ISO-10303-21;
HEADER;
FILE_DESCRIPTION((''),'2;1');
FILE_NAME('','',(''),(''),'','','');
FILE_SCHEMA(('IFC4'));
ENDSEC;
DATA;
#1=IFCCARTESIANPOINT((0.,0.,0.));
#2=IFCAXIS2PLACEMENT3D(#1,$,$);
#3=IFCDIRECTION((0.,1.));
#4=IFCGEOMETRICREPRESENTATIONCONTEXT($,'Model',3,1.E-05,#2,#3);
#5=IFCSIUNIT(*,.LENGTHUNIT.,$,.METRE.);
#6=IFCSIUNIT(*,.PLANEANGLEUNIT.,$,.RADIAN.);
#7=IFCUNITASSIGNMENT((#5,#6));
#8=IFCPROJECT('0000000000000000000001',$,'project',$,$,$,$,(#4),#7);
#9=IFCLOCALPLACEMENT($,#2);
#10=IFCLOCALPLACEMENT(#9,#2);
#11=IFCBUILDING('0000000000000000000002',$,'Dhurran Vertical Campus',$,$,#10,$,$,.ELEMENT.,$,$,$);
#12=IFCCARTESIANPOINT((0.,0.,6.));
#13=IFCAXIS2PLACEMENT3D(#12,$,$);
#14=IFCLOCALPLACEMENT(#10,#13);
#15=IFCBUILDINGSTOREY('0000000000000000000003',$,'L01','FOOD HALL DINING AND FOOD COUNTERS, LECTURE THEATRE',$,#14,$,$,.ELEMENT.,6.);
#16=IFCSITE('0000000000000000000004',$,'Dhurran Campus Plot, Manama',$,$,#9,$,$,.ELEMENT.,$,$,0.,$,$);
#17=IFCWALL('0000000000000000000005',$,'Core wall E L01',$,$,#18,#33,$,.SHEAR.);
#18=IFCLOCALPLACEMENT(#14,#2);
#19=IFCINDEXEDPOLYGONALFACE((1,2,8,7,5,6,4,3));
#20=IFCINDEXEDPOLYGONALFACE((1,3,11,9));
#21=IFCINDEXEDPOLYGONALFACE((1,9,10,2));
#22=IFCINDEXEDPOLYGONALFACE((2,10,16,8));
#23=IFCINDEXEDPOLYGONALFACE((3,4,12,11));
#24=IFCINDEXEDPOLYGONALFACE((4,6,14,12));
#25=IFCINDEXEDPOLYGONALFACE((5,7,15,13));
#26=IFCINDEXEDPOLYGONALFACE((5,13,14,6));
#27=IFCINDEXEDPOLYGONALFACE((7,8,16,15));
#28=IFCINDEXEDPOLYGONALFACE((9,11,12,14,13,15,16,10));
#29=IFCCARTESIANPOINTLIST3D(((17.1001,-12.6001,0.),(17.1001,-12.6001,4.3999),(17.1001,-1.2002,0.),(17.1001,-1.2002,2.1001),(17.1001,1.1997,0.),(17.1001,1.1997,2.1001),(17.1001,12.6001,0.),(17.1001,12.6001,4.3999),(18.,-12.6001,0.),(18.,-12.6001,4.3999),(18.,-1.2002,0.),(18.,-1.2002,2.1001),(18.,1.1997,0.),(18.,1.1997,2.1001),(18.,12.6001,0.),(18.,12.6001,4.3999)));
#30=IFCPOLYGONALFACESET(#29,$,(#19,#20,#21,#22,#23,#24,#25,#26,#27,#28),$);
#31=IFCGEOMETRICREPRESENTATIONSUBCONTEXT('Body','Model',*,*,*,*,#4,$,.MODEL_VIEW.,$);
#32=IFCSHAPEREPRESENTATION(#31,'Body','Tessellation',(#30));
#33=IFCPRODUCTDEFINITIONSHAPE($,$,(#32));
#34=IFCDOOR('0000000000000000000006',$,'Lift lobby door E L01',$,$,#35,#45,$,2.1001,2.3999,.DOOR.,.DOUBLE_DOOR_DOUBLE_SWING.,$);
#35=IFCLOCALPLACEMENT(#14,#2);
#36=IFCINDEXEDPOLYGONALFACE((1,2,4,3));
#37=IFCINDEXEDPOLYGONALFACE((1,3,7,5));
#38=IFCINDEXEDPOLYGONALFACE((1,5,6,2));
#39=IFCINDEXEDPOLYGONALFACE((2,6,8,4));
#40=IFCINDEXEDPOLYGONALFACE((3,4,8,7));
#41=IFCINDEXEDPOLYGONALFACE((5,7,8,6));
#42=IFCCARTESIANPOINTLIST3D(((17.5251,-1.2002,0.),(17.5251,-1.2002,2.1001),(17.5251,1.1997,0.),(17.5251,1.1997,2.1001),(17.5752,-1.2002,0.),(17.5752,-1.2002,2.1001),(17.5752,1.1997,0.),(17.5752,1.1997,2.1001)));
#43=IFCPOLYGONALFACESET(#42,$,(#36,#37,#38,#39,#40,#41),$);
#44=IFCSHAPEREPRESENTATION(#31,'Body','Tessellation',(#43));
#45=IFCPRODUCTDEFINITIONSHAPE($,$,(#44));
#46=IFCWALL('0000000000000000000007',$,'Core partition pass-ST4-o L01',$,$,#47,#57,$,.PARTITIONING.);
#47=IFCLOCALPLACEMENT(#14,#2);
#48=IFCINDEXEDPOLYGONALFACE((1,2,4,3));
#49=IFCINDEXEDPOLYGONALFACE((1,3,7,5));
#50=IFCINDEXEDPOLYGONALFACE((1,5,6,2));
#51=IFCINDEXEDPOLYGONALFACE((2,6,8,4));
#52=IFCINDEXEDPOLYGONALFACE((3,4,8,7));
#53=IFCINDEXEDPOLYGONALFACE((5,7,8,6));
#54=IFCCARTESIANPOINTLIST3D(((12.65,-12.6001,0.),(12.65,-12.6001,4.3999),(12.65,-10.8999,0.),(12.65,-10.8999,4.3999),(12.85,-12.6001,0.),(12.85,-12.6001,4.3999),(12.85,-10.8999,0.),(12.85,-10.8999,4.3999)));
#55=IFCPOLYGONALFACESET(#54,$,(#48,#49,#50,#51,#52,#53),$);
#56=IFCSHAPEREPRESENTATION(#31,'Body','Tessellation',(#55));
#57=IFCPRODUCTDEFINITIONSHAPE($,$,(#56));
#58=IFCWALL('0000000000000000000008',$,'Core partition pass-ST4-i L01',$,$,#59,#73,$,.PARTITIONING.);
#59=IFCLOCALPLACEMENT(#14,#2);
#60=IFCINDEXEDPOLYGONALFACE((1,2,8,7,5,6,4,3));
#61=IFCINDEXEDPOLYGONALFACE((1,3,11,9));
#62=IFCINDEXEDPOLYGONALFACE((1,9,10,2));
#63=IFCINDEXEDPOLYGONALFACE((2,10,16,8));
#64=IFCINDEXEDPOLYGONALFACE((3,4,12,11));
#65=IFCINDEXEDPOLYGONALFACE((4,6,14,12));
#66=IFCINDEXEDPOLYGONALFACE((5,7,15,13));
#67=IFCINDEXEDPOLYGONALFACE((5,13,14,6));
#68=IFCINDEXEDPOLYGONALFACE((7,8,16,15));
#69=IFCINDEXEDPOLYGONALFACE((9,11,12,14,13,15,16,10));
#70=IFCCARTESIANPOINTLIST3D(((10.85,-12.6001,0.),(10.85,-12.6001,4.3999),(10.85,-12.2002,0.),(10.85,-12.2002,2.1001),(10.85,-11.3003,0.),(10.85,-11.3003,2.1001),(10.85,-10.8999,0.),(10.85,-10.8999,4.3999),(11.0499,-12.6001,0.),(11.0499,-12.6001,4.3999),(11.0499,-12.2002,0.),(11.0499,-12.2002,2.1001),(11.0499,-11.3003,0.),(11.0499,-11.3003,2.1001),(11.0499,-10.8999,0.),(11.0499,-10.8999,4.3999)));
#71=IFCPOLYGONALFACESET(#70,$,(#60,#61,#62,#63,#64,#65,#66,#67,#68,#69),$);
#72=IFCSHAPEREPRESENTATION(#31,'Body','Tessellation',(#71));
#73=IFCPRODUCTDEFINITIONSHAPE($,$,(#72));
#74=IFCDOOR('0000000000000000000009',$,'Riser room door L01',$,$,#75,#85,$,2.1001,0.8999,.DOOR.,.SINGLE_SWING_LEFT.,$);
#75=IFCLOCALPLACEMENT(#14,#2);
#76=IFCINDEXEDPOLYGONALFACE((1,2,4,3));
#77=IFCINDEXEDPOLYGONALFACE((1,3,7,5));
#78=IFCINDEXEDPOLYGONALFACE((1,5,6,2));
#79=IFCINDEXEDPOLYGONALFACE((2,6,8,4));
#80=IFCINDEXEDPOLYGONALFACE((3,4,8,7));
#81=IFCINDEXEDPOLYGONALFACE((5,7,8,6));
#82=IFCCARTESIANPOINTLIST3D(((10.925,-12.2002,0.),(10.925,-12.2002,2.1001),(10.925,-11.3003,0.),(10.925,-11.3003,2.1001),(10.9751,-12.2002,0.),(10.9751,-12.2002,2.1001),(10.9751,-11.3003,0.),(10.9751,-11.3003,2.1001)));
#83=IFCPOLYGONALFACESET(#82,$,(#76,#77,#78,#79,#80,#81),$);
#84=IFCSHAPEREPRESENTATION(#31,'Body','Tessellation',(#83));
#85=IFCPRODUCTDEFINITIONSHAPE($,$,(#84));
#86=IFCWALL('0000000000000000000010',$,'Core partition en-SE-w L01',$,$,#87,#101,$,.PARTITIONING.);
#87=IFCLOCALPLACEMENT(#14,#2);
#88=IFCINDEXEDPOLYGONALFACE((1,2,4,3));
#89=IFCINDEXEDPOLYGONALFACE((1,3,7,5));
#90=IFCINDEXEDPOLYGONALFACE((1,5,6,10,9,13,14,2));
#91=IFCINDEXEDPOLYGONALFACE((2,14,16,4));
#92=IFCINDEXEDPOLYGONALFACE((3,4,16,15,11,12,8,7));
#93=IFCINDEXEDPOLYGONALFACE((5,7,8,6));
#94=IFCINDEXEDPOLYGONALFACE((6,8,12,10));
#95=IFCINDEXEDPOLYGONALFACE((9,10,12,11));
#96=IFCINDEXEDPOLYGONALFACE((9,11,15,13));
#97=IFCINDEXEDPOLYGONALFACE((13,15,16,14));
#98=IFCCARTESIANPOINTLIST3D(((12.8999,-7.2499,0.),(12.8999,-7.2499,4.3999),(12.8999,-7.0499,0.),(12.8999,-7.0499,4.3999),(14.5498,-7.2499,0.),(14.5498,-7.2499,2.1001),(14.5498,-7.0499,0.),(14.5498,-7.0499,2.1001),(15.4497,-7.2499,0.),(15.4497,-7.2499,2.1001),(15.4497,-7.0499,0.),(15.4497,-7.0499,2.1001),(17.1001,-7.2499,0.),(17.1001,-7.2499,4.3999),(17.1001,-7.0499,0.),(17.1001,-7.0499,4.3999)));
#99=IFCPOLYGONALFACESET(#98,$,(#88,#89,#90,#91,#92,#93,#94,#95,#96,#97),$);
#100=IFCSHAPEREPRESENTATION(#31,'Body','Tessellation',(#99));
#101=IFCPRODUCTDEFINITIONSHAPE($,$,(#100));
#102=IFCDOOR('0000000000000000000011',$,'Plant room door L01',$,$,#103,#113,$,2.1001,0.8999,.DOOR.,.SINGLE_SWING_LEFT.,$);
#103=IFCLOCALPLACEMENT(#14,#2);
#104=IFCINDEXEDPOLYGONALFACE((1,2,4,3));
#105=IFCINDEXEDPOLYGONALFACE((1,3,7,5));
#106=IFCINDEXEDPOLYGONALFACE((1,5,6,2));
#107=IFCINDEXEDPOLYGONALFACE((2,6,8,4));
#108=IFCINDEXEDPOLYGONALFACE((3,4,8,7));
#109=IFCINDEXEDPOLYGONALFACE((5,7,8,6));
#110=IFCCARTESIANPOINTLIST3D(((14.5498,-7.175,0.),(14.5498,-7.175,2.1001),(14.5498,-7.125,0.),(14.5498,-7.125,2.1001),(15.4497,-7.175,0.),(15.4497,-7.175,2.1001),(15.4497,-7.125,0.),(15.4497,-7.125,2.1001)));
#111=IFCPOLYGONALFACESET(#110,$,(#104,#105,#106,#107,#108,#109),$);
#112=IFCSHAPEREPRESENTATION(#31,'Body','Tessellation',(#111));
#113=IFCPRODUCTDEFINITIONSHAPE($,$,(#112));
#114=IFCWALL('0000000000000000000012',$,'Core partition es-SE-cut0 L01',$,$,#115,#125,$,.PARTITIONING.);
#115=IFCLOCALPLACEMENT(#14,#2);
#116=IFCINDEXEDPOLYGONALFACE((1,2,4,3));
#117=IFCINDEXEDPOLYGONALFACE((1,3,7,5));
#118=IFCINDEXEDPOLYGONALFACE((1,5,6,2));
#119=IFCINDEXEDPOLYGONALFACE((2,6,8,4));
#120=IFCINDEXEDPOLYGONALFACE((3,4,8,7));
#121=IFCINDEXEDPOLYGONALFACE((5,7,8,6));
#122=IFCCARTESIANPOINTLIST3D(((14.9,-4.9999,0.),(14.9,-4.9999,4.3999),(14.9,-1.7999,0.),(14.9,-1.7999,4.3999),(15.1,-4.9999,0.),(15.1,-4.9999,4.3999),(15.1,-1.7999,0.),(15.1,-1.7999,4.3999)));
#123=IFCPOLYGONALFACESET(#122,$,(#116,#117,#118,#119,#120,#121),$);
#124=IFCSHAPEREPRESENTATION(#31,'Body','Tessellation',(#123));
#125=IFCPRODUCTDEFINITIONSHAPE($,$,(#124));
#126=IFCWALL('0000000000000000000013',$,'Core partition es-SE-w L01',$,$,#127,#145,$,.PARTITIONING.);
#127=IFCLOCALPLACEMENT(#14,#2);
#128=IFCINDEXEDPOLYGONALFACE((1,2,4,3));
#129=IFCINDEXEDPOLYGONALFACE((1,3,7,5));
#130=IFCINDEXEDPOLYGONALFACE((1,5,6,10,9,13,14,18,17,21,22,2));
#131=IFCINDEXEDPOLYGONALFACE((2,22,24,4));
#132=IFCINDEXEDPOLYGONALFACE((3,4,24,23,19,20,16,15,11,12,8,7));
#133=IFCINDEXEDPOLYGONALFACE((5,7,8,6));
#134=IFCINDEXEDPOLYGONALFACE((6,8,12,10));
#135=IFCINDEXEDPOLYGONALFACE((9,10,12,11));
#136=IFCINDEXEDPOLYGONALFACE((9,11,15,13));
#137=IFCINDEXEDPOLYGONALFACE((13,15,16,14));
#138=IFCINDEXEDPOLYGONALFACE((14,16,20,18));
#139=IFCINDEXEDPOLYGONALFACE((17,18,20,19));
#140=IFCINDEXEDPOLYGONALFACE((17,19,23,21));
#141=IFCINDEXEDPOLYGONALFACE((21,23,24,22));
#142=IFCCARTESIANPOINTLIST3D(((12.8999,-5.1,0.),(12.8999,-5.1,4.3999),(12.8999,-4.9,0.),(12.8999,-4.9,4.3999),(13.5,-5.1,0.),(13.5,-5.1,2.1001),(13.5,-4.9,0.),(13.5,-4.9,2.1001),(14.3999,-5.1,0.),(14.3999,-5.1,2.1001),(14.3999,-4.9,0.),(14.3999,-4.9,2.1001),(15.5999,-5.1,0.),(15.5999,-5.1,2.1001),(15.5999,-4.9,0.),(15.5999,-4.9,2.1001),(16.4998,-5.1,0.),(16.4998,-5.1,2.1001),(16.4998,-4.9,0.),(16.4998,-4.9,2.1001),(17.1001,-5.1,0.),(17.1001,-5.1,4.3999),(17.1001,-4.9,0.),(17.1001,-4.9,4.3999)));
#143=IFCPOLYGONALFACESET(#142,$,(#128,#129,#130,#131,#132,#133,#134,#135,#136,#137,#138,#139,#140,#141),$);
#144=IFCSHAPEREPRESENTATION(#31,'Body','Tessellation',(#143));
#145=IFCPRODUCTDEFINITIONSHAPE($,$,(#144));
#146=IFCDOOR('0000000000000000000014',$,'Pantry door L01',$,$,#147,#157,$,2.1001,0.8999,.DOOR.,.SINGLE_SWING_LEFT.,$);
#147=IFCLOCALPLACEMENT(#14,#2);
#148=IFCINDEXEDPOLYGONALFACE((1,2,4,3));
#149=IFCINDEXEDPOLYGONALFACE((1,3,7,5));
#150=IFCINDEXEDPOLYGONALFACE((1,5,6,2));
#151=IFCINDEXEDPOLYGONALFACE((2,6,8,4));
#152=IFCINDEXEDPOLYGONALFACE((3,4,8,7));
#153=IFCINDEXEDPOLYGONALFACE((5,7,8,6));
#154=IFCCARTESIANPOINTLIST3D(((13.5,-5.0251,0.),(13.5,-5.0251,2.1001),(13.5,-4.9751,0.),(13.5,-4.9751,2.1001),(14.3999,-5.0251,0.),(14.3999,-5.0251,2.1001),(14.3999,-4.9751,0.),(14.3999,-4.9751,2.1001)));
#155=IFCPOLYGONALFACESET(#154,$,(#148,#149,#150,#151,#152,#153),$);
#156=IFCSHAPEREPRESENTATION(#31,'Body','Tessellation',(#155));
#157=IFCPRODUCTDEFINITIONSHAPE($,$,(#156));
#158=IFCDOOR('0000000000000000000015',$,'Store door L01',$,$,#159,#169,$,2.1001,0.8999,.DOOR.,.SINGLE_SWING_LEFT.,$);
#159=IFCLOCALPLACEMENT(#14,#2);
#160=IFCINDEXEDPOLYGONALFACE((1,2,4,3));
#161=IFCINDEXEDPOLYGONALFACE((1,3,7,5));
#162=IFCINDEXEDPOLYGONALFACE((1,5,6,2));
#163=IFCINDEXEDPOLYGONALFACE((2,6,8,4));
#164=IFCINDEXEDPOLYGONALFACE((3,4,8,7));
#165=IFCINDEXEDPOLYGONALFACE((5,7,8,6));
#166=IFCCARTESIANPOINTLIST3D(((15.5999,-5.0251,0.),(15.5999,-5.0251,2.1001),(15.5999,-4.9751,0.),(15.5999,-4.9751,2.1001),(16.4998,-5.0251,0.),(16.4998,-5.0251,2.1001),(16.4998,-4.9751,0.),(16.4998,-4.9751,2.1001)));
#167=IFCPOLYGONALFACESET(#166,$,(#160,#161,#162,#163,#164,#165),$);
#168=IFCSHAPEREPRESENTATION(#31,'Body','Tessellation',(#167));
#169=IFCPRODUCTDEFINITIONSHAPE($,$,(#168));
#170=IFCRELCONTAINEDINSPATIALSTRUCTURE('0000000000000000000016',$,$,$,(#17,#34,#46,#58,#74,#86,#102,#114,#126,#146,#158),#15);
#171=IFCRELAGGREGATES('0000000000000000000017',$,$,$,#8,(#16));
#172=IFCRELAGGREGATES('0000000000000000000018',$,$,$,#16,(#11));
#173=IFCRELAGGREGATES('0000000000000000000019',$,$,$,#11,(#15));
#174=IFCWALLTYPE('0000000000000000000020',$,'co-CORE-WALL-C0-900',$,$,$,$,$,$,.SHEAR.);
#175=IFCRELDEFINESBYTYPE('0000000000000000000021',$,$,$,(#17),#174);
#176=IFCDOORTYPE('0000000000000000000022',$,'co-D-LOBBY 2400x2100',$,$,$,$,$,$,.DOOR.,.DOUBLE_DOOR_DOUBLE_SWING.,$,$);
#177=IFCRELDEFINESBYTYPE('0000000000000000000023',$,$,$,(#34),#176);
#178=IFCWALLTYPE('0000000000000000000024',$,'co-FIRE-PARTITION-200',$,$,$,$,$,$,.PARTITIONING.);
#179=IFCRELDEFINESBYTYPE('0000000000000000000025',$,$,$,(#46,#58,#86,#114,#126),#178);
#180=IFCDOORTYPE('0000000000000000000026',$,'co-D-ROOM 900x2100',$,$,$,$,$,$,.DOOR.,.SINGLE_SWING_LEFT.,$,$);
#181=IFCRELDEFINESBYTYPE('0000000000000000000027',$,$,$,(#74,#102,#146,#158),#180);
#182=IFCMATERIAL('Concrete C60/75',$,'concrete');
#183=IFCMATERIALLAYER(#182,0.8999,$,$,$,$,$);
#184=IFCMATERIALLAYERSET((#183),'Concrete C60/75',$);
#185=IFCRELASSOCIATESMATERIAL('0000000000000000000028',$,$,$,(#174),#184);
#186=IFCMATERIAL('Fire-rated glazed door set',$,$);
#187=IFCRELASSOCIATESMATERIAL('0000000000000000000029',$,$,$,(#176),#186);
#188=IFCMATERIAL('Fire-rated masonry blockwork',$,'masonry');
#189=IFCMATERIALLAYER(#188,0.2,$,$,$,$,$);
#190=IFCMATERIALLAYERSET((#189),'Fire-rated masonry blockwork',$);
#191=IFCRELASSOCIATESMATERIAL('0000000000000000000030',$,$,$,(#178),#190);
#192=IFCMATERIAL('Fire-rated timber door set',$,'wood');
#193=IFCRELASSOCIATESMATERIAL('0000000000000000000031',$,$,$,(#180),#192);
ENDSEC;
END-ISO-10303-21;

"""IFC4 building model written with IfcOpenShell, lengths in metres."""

from ifc_helpers import new_model, si_unit, direction, frame, frame_2d, origin, place, context, subcontext, project, spatial, rectangle, extrude, material, layer, layer_set, type_object, element, fill, save


model = new_model("IFC4")

# Units and contexts
model_context = context("Model", 3, precision=1e-05, world=origin(), true_north=direction((0.0, 1.0)))
body_context = subcontext(model_context, "Body", "Model", "MODEL_VIEW")
ifc_project = project(units=[si_unit("LENGTHUNIT", "METRE"), si_unit("PLANEANGLEUNIT", "RADIAN")], contexts=[model_context])

# Site, building, storey
site_placement = place(None, origin())
site = spatial("IfcSite", under=ifc_project, at=site_placement, Name="Dhurran Campus Plot, Manama", CompositionType="ELEMENT", RefElevation=0.0)
building_placement = place(site_placement, origin())
building = spatial("IfcBuilding", under=site, at=building_placement, Name="Dhurran Vertical Campus", CompositionType="ELEMENT")
storey_placement = place(building_placement, frame((0.0, 0.0, 6.0)))
storey = spatial("IfcBuildingStorey", under=building, at=storey_placement, Name="L01", Description="FOOD HALL DINING AND FOOD COUNTERS, LECTURE THEATRE", CompositionType="ELEMENT", Elevation=6.0)

# Wall, opening, door
ifc_material_1 = material(Name="Concrete C60/75", Category="concrete")
ifc_layer_1 = layer(ifc_material_1, 0.8999)
ifc_layer_set_1 = layer_set([ifc_layer_1], Name="Concrete C60/75")
wall_type_1 = type_object("IfcWallType", Name="co-CORE-WALL-C0-900", PredefinedType="SHEAR", material=ifc_layer_set_1)
wall_1_placement = place(storey_placement, frame((17.55, -12.6001, 0.0), z_axis=(0.0, 0.0, 1.0), x_axis=(0.0, 1.0, 0.0)))
wall_1 = element("IfcWall", 1, at=wall_1_placement, inside=storey, type_object=wall_type_1, Name="Core wall E L01", PredefinedType="SHEAR", context=body_context, shape_type="SweptSolid", body=[
    extrude(rectangle(XDim=25.2002, YDim=0.8999, at=frame_2d((12.6001, 0.0))), origin(), (0.0, 0.0, 1.0), 4.3999),
])
opening_1_placement = place(wall_1_placement, frame((11.3999, 0.0, 0.0)))
opening_1 = element("IfcOpeningElement", 2, at=opening_1_placement, cuts=wall_1, PredefinedType="OPENING", context=body_context, shape_type="SweptSolid", body=[
    extrude(rectangle(XDim=2.3999, YDim=2.1001, at=frame_2d((1.2, 1.05))), frame((0.0, 0.46, 0.0), z_axis=(0.0, -1.0, 0.0), x_axis=(1.0, 0.0, 0.0)), (0.0, 0.0, 1.0), 0.9199),
])
ifc_material_2 = material(Name="Fire-rated glazed door set")
door_type_1 = type_object("IfcDoorType", Name="co-D-LOBBY 2400x2100", OperationType="DOUBLE_DOOR_DOUBLE_SWING", PredefinedType="DOOR", material=ifc_material_2)
door_1_placement = place(opening_1_placement, origin())
door_1 = element("IfcDoor", 3, at=door_1_placement, inside=storey, type_object=door_type_1, Name="Lift lobby door E L01", OperationType="DOUBLE_DOOR_DOUBLE_SWING", OverallHeight=2.1001, OverallWidth=2.3999, PredefinedType="DOOR", context=body_context, shape_type="SweptSolid", body=[
    extrude(rectangle(XDim=2.3999, YDim=2.1001, at=frame_2d((1.2, 1.05))), frame((0.0, 0.0249, 0.0), z_axis=(0.0, -1.0, 0.0), x_axis=(1.0, 0.0, 0.0)), (0.0, 0.0, 1.0), 0.05),
])
fill(opening_1, door_1)

# Wall
ifc_material_3 = material(Name="Fire-rated masonry blockwork", Category="masonry")
ifc_layer_2 = layer(ifc_material_3, 0.2)
ifc_layer_set_2 = layer_set([ifc_layer_2], Name="Fire-rated masonry blockwork")
wall_type_2 = type_object("IfcWallType", Name="co-FIRE-PARTITION-200", PredefinedType="PARTITIONING", material=ifc_layer_set_2)
wall_2_placement = place(storey_placement, frame((12.75, -12.6001, 0.0), z_axis=(0.0, 0.0, 1.0), x_axis=(0.0, 1.0, 0.0)))
element("IfcWall", 4, at=wall_2_placement, inside=storey, type_object=wall_type_2, Name="Core partition pass-ST4-o L01", PredefinedType="PARTITIONING", context=body_context, shape_type="SweptSolid", body=[
    extrude(rectangle(XDim=1.7002, YDim=0.2, at=frame_2d((0.8501, 0.0))), origin(), (0.0, 0.0, 1.0), 4.3999),
])

# Walls, openings, doors
wall_3_placement = place(storey_placement, frame((10.95, -12.6001, 0.0), z_axis=(0.0, 0.0, 1.0), x_axis=(0.0, 1.0, 0.0)))
wall_3 = element("IfcWall", 5, at=wall_3_placement, inside=storey, type_object=wall_type_2, Name="Core partition pass-ST4-i L01", PredefinedType="PARTITIONING", context=body_context, shape_type="SweptSolid", body=[
    extrude(rectangle(XDim=1.7002, YDim=0.2, at=frame_2d((0.8501, 0.0))), origin(), (0.0, 0.0, 1.0), 4.3999),
])
opening_2_placement = place(wall_3_placement, frame((0.3999, 0.0, 0.0)))
opening_2 = element("IfcOpeningElement", 6, at=opening_2_placement, cuts=wall_3, PredefinedType="OPENING", context=body_context, shape_type="SweptSolid", body=[
    extrude(rectangle(XDim=0.8999, YDim=2.1001, at=frame_2d((0.45, 1.05))), frame((0.0, 0.1099, 0.0), z_axis=(0.0, -1.0, 0.0), x_axis=(1.0, 0.0, 0.0)), (0.0, 0.0, 1.0), 0.22),
])
ifc_material_4 = material(Name="Fire-rated timber door set", Category="wood")
door_type_2 = type_object("IfcDoorType", Name="co-D-ROOM 900x2100", OperationType="SINGLE_SWING_LEFT", PredefinedType="DOOR", material=ifc_material_4)
door_2_placement = place(opening_2_placement, origin())
door_2 = element("IfcDoor", 7, at=door_2_placement, inside=storey, type_object=door_type_2, Name="Riser room door L01", OperationType="SINGLE_SWING_LEFT", OverallHeight=2.1001, OverallWidth=0.8999, PredefinedType="DOOR", context=body_context, shape_type="SweptSolid", body=[
    extrude(rectangle(XDim=0.8999, YDim=2.1001, at=frame_2d((0.45, 1.05))), frame((0.0, 0.0249, 0.0), z_axis=(0.0, -1.0, 0.0), x_axis=(1.0, 0.0, 0.0)), (0.0, 0.0, 1.0), 0.05),
])
fill(opening_2, door_2)
wall_4_placement = place(storey_placement, frame((12.8999, -7.1499, 0.0), z_axis=(0.0, 0.0, 1.0), x_axis=(1.0, 0.0, 0.0)))
wall_4 = element("IfcWall", 8, at=wall_4_placement, inside=storey, type_object=wall_type_2, Name="Core partition en-SE-w L01", PredefinedType="PARTITIONING", context=body_context, shape_type="SweptSolid", body=[
    extrude(rectangle(XDim=4.2002, YDim=0.2, at=frame_2d((2.1001, 0.0))), origin(), (0.0, 0.0, 1.0), 4.3999),
])
opening_3_placement = place(wall_4_placement, frame((1.6499, 0.0, 0.0)))
opening_3 = element("IfcOpeningElement", 9, at=opening_3_placement, cuts=wall_4, PredefinedType="OPENING", context=body_context, shape_type="SweptSolid", body=[
    extrude(rectangle(XDim=0.8999, YDim=2.1001, at=frame_2d((0.45, 1.05))), frame((0.0, 0.1099, 0.0), z_axis=(0.0, -1.0, 0.0), x_axis=(1.0, 0.0, 0.0)), (0.0, 0.0, 1.0), 0.22),
])
door_3_placement = place(opening_3_placement, origin())
door_3 = element("IfcDoor", 10, at=door_3_placement, inside=storey, type_object=door_type_2, Name="Plant room door L01", OperationType="SINGLE_SWING_LEFT", OverallHeight=2.1001, OverallWidth=0.8999, PredefinedType="DOOR", context=body_context, shape_type="SweptSolid", body=[
    extrude(rectangle(XDim=0.8999, YDim=2.1001, at=frame_2d((0.45, 1.05))), frame((0.0, 0.0249, 0.0), z_axis=(0.0, -1.0, 0.0), x_axis=(1.0, 0.0, 0.0)), (0.0, 0.0, 1.0), 0.05),
])
fill(opening_3, door_3)

# Wall
wall_5_placement = place(storey_placement, frame((15.0, -5.0, 0.0), z_axis=(0.0, 0.0, 1.0), x_axis=(0.0, 1.0, 0.0)))
element("IfcWall", 11, at=wall_5_placement, inside=storey, type_object=wall_type_2, Name="Core partition es-SE-cut0 L01", PredefinedType="PARTITIONING", context=body_context, shape_type="SweptSolid", body=[
    extrude(rectangle(XDim=3.2, YDim=0.2, at=frame_2d((1.6001, 0.0))), origin(), (0.0, 0.0, 1.0), 4.3999),
])

# Wall, openings, doors
wall_6_placement = place(storey_placement, frame((12.8999, -5.0, 0.0), z_axis=(0.0, 0.0, 1.0), x_axis=(1.0, 0.0, 0.0)))
wall_6 = element("IfcWall", 12, at=wall_6_placement, inside=storey, type_object=wall_type_2, Name="Core partition es-SE-w L01", PredefinedType="PARTITIONING", context=body_context, shape_type="SweptSolid", body=[
    extrude(rectangle(XDim=4.2002, YDim=0.2, at=frame_2d((2.1001, 0.0))), origin(), (0.0, 0.0, 1.0), 4.3999),
])
opening_4_placement = place(wall_6_placement, frame((0.6001, 0.0, 0.0)))
opening_4 = element("IfcOpeningElement", 13, at=opening_4_placement, cuts=wall_6, PredefinedType="OPENING", context=body_context, shape_type="SweptSolid", body=[
    extrude(rectangle(XDim=0.8999, YDim=2.1001, at=frame_2d((0.45, 1.05))), frame((0.0, 0.1099, 0.0), z_axis=(0.0, -1.0, 0.0), x_axis=(1.0, 0.0, 0.0)), (0.0, 0.0, 1.0), 0.22),
])
opening_5_placement = place(wall_6_placement, frame((2.7, 0.0, 0.0)))
opening_5 = element("IfcOpeningElement", 14, at=opening_5_placement, cuts=wall_6, PredefinedType="OPENING", context=body_context, shape_type="SweptSolid", body=[
    extrude(rectangle(XDim=0.8999, YDim=2.1001, at=frame_2d((0.45, 1.05))), frame((0.0, 0.1099, 0.0), z_axis=(0.0, -1.0, 0.0), x_axis=(1.0, 0.0, 0.0)), (0.0, 0.0, 1.0), 0.22),
])
door_4_placement = place(opening_4_placement, origin())
door_4 = element("IfcDoor", 15, at=door_4_placement, inside=storey, type_object=door_type_2, Name="Pantry door L01", OperationType="SINGLE_SWING_LEFT", OverallHeight=2.1001, OverallWidth=0.8999, PredefinedType="DOOR", context=body_context, shape_type="SweptSolid", body=[
    extrude(rectangle(XDim=0.8999, YDim=2.1001, at=frame_2d((0.45, 1.05))), frame((0.0, 0.0249, 0.0), z_axis=(0.0, -1.0, 0.0), x_axis=(1.0, 0.0, 0.0)), (0.0, 0.0, 1.0), 0.05),
])
fill(opening_4, door_4)
door_5_placement = place(opening_5_placement, origin())
door_5 = element("IfcDoor", 16, at=door_5_placement, inside=storey, type_object=door_type_2, Name="Store door L01", OperationType="SINGLE_SWING_LEFT", OverallHeight=2.1001, OverallWidth=0.8999, PredefinedType="DOOR", context=body_context, shape_type="SweptSolid", body=[
    extrude(rectangle(XDim=0.8999, YDim=2.1001, at=frame_2d((0.45, 1.05))), frame((0.0, 0.0249, 0.0), z_axis=(0.0, -1.0, 0.0), x_axis=(1.0, 0.0, 0.0)), (0.0, 0.0, 1.0), 0.05),
])
fill(opening_5, door_5)

save(model, "model.ifc")
